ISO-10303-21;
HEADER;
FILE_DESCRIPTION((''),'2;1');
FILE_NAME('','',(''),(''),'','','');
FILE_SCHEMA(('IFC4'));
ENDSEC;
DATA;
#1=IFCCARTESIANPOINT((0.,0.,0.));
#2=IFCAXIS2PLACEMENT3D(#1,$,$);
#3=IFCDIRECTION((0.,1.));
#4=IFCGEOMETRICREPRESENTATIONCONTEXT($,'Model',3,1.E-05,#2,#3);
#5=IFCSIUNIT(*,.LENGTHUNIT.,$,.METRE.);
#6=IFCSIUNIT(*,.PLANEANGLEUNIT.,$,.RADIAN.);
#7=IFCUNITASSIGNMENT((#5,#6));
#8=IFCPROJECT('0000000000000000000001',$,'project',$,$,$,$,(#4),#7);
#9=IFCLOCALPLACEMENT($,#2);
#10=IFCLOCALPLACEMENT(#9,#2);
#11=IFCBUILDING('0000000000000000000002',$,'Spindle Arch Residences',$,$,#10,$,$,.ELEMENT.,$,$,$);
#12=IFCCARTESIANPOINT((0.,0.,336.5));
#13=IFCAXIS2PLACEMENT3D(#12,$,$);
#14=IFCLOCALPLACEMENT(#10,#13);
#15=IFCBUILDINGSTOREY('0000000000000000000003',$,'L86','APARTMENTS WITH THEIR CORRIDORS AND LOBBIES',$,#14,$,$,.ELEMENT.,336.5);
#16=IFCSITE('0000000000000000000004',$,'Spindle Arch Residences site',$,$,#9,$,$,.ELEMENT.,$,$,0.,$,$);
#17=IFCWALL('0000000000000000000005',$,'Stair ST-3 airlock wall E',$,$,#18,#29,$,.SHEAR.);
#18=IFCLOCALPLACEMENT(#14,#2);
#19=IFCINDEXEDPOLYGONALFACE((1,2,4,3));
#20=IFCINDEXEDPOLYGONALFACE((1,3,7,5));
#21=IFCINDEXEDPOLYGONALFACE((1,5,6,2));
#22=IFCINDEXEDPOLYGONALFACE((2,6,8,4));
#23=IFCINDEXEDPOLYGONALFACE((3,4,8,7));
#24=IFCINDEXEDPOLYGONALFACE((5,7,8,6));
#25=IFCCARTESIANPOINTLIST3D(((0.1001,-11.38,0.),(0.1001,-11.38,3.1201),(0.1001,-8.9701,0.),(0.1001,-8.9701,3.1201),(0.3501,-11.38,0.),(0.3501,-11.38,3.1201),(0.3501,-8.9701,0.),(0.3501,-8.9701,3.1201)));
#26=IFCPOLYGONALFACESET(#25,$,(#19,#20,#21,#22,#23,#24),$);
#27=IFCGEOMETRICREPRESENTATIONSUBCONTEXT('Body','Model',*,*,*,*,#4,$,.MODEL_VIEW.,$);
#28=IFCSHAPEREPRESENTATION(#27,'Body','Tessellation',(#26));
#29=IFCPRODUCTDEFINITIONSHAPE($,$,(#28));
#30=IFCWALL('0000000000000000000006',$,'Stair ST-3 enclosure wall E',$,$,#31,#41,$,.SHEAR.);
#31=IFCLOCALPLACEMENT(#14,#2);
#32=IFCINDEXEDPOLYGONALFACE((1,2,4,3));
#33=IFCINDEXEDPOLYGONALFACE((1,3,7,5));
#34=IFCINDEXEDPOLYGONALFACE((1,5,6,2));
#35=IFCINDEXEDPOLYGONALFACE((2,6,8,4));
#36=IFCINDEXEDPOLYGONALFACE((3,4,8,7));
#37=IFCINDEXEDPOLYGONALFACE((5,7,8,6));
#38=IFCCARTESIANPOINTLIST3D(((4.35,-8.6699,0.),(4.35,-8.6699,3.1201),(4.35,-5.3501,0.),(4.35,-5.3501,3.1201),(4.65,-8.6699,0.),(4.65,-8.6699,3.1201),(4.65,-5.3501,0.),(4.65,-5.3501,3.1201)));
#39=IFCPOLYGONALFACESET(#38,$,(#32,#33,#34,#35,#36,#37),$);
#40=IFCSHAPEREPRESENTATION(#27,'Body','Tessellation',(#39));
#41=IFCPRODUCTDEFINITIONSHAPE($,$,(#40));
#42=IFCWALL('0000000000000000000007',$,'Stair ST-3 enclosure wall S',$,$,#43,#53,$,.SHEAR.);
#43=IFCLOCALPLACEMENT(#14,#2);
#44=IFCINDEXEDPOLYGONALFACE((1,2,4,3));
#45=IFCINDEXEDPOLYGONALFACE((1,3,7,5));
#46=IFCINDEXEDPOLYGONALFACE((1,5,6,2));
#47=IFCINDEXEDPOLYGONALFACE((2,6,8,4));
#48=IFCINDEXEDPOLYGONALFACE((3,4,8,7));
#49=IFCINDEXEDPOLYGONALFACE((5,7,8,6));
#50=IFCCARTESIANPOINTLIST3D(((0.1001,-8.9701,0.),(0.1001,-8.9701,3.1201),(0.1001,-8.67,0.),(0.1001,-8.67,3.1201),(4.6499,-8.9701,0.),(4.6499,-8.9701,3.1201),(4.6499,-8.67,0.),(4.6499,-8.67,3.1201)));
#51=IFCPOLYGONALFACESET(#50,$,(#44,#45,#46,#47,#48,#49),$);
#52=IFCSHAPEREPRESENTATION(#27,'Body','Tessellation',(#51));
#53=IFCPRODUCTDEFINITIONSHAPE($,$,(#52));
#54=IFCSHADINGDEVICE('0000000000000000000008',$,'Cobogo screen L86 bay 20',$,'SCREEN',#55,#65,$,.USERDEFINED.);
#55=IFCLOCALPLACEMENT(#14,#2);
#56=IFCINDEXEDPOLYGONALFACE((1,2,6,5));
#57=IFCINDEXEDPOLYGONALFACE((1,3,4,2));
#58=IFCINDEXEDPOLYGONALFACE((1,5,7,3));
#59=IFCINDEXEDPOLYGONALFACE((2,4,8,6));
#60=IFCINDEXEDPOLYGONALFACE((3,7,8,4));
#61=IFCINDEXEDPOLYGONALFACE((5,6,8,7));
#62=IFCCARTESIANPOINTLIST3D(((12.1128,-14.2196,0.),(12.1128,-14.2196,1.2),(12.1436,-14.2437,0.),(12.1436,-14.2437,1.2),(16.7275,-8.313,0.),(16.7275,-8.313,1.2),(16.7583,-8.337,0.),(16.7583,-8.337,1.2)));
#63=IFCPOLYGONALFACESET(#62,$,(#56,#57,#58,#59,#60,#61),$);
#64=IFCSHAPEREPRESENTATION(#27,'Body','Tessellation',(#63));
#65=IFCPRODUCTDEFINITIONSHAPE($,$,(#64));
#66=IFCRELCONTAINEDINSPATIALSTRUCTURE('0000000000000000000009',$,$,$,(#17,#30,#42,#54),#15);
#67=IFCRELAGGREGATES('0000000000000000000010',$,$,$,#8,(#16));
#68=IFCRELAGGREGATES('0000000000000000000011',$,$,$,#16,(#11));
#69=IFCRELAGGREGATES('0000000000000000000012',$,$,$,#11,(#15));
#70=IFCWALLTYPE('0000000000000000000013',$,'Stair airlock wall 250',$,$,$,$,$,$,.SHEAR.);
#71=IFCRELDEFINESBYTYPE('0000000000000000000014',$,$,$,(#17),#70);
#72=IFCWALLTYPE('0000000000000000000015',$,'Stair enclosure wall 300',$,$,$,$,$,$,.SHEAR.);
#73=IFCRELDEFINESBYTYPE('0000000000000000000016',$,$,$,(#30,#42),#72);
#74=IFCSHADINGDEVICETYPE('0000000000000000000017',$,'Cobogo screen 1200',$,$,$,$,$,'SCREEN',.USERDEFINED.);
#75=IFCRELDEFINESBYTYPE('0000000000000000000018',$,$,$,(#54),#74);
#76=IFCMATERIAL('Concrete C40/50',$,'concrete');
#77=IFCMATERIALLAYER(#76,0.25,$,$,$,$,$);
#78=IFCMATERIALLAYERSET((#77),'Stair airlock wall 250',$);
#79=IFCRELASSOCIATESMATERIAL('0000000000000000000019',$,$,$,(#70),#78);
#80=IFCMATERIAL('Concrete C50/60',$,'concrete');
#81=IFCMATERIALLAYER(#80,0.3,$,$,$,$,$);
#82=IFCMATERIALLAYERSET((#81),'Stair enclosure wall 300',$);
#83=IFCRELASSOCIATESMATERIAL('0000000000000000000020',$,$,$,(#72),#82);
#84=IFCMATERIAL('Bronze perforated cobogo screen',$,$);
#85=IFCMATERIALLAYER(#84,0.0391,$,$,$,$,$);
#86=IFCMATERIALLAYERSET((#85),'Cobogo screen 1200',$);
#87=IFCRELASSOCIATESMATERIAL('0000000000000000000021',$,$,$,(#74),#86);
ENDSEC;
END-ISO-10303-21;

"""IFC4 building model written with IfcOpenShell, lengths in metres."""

from ifc_helpers import new_model, si_unit, direction, frame, frame_2d, origin, origin_2d, place, context, subcontext, project, spatial, rectangle, extrude, material, layer, layer_set, type_object, element, save


model = new_model("IFC4")

# Units and contexts
model_context = context("Model", 3, precision=1e-05, world=origin(), true_north=direction((0.0, 1.0)))
body_context = subcontext(model_context, "Body", "Model", "MODEL_VIEW")
ifc_project = project(units=[si_unit("LENGTHUNIT", "METRE"), si_unit("PLANEANGLEUNIT", "RADIAN")], contexts=[model_context])

# Site, building, storey
site_placement = place(None, origin())
site = spatial("IfcSite", under=ifc_project, at=site_placement, Name="Spindle Arch Residences site", CompositionType="ELEMENT", RefElevation=0.0)
building_placement = place(site_placement, origin())
building = spatial("IfcBuilding", under=site, at=building_placement, Name="Spindle Arch Residences", CompositionType="ELEMENT")
storey_placement = place(building_placement, frame((0.0, 0.0, 336.5)))
storey = spatial("IfcBuildingStorey", under=building, at=storey_placement, Name="L86", Description="APARTMENTS WITH THEIR CORRIDORS AND LOBBIES", CompositionType="ELEMENT", Elevation=336.5)

# Walls
ifc_material_1 = material(Name="Concrete C40/50", Category="concrete")
ifc_layer_1 = layer(ifc_material_1, 0.25)
ifc_layer_set_1 = layer_set([ifc_layer_1], Name="Stair airlock wall 250")
wall_type_1 = type_object("IfcWallType", Name="Stair airlock wall 250", PredefinedType="SHEAR", material=ifc_layer_set_1)
wall_1_placement = place(storey_placement, frame((0.2251, -8.97, 0.0), z_axis=(0.0, 0.0, 1.0), x_axis=(0.0, -1.0, 0.0)))
element("IfcWall", 1, at=wall_1_placement, inside=storey, type_object=wall_type_1, Name="Stair ST-3 airlock wall E", PredefinedType="SHEAR", context=body_context, shape_type="SweptSolid", body=[
    extrude(rectangle(XDim=2.4099, YDim=0.25, at=frame_2d((1.2051, 0.0))), origin(), (0.0, 0.0, 1.0), 3.1201),
])
ifc_material_2 = material(Name="Concrete C50/60", Category="concrete")
ifc_layer_2 = layer(ifc_material_2, 0.3)
ifc_layer_set_2 = layer_set([ifc_layer_2], Name="Stair enclosure wall 300")
wall_type_2 = type_object("IfcWallType", Name="Stair enclosure wall 300", PredefinedType="SHEAR", material=ifc_layer_set_2)
wall_2_placement = place(storey_placement, frame((4.5, -8.6699, 0.0), z_axis=(0.0, 0.0, 1.0), x_axis=(0.0, 1.0, 0.0)))
element("IfcWall", 2, at=wall_2_placement, inside=storey, type_object=wall_type_2, Name="Stair ST-3 enclosure wall E", PredefinedType="SHEAR", context=body_context, shape_type="SweptSolid", body=[
    extrude(rectangle(XDim=3.3198, YDim=0.3, at=frame_2d((1.6599, 0.0))), origin(), (0.0, 0.0, 1.0), 3.1201),
])
wall_3_placement = place(storey_placement, frame((0.1001, -8.8201, 0.0), z_axis=(0.0, 0.0, 1.0), x_axis=(1.0, 0.0, 0.0)))
element("IfcWall", 3, at=wall_3_placement, inside=storey, type_object=wall_type_2, Name="Stair ST-3 enclosure wall S", PredefinedType="SHEAR", context=body_context, shape_type="SweptSolid", body=[
    extrude(rectangle(XDim=4.5498, YDim=0.3, at=frame_2d((2.2749, 0.0))), origin(), (0.0, 0.0, 1.0), 3.1201),
])

# Shading device
ifc_material_3 = material(Name="Bronze perforated cobogo screen")
ifc_layer_3 = layer(ifc_material_3, 0.0391)
ifc_layer_set_3 = layer_set([ifc_layer_3], Name="Cobogo screen 1200")
shading_device_type = type_object("IfcShadingDeviceType", Name="Cobogo screen 1200", ElementType="SCREEN", PredefinedType="USERDEFINED", material=ifc_layer_set_3)
shading_device_placement = place(storey_placement, frame((14.4355, -11.2783, 0.0), z_axis=(0.0, 0.0, 1.0), x_axis=(0.615661, 0.788011, 0.0)))
element("IfcShadingDevice", 4, at=shading_device_placement, inside=storey, type_object=shading_device_type, Name="Cobogo screen L86 bay 20", ObjectType="SCREEN", PredefinedType="USERDEFINED", context=body_context, shape_type="SweptSolid", body=[
    extrude(rectangle(XDim=7.4956, YDim=0.0391, at=origin_2d()), origin(), (0.0, 0.0, 1.0), 1.2),
])

save(model, "model.ifc")
